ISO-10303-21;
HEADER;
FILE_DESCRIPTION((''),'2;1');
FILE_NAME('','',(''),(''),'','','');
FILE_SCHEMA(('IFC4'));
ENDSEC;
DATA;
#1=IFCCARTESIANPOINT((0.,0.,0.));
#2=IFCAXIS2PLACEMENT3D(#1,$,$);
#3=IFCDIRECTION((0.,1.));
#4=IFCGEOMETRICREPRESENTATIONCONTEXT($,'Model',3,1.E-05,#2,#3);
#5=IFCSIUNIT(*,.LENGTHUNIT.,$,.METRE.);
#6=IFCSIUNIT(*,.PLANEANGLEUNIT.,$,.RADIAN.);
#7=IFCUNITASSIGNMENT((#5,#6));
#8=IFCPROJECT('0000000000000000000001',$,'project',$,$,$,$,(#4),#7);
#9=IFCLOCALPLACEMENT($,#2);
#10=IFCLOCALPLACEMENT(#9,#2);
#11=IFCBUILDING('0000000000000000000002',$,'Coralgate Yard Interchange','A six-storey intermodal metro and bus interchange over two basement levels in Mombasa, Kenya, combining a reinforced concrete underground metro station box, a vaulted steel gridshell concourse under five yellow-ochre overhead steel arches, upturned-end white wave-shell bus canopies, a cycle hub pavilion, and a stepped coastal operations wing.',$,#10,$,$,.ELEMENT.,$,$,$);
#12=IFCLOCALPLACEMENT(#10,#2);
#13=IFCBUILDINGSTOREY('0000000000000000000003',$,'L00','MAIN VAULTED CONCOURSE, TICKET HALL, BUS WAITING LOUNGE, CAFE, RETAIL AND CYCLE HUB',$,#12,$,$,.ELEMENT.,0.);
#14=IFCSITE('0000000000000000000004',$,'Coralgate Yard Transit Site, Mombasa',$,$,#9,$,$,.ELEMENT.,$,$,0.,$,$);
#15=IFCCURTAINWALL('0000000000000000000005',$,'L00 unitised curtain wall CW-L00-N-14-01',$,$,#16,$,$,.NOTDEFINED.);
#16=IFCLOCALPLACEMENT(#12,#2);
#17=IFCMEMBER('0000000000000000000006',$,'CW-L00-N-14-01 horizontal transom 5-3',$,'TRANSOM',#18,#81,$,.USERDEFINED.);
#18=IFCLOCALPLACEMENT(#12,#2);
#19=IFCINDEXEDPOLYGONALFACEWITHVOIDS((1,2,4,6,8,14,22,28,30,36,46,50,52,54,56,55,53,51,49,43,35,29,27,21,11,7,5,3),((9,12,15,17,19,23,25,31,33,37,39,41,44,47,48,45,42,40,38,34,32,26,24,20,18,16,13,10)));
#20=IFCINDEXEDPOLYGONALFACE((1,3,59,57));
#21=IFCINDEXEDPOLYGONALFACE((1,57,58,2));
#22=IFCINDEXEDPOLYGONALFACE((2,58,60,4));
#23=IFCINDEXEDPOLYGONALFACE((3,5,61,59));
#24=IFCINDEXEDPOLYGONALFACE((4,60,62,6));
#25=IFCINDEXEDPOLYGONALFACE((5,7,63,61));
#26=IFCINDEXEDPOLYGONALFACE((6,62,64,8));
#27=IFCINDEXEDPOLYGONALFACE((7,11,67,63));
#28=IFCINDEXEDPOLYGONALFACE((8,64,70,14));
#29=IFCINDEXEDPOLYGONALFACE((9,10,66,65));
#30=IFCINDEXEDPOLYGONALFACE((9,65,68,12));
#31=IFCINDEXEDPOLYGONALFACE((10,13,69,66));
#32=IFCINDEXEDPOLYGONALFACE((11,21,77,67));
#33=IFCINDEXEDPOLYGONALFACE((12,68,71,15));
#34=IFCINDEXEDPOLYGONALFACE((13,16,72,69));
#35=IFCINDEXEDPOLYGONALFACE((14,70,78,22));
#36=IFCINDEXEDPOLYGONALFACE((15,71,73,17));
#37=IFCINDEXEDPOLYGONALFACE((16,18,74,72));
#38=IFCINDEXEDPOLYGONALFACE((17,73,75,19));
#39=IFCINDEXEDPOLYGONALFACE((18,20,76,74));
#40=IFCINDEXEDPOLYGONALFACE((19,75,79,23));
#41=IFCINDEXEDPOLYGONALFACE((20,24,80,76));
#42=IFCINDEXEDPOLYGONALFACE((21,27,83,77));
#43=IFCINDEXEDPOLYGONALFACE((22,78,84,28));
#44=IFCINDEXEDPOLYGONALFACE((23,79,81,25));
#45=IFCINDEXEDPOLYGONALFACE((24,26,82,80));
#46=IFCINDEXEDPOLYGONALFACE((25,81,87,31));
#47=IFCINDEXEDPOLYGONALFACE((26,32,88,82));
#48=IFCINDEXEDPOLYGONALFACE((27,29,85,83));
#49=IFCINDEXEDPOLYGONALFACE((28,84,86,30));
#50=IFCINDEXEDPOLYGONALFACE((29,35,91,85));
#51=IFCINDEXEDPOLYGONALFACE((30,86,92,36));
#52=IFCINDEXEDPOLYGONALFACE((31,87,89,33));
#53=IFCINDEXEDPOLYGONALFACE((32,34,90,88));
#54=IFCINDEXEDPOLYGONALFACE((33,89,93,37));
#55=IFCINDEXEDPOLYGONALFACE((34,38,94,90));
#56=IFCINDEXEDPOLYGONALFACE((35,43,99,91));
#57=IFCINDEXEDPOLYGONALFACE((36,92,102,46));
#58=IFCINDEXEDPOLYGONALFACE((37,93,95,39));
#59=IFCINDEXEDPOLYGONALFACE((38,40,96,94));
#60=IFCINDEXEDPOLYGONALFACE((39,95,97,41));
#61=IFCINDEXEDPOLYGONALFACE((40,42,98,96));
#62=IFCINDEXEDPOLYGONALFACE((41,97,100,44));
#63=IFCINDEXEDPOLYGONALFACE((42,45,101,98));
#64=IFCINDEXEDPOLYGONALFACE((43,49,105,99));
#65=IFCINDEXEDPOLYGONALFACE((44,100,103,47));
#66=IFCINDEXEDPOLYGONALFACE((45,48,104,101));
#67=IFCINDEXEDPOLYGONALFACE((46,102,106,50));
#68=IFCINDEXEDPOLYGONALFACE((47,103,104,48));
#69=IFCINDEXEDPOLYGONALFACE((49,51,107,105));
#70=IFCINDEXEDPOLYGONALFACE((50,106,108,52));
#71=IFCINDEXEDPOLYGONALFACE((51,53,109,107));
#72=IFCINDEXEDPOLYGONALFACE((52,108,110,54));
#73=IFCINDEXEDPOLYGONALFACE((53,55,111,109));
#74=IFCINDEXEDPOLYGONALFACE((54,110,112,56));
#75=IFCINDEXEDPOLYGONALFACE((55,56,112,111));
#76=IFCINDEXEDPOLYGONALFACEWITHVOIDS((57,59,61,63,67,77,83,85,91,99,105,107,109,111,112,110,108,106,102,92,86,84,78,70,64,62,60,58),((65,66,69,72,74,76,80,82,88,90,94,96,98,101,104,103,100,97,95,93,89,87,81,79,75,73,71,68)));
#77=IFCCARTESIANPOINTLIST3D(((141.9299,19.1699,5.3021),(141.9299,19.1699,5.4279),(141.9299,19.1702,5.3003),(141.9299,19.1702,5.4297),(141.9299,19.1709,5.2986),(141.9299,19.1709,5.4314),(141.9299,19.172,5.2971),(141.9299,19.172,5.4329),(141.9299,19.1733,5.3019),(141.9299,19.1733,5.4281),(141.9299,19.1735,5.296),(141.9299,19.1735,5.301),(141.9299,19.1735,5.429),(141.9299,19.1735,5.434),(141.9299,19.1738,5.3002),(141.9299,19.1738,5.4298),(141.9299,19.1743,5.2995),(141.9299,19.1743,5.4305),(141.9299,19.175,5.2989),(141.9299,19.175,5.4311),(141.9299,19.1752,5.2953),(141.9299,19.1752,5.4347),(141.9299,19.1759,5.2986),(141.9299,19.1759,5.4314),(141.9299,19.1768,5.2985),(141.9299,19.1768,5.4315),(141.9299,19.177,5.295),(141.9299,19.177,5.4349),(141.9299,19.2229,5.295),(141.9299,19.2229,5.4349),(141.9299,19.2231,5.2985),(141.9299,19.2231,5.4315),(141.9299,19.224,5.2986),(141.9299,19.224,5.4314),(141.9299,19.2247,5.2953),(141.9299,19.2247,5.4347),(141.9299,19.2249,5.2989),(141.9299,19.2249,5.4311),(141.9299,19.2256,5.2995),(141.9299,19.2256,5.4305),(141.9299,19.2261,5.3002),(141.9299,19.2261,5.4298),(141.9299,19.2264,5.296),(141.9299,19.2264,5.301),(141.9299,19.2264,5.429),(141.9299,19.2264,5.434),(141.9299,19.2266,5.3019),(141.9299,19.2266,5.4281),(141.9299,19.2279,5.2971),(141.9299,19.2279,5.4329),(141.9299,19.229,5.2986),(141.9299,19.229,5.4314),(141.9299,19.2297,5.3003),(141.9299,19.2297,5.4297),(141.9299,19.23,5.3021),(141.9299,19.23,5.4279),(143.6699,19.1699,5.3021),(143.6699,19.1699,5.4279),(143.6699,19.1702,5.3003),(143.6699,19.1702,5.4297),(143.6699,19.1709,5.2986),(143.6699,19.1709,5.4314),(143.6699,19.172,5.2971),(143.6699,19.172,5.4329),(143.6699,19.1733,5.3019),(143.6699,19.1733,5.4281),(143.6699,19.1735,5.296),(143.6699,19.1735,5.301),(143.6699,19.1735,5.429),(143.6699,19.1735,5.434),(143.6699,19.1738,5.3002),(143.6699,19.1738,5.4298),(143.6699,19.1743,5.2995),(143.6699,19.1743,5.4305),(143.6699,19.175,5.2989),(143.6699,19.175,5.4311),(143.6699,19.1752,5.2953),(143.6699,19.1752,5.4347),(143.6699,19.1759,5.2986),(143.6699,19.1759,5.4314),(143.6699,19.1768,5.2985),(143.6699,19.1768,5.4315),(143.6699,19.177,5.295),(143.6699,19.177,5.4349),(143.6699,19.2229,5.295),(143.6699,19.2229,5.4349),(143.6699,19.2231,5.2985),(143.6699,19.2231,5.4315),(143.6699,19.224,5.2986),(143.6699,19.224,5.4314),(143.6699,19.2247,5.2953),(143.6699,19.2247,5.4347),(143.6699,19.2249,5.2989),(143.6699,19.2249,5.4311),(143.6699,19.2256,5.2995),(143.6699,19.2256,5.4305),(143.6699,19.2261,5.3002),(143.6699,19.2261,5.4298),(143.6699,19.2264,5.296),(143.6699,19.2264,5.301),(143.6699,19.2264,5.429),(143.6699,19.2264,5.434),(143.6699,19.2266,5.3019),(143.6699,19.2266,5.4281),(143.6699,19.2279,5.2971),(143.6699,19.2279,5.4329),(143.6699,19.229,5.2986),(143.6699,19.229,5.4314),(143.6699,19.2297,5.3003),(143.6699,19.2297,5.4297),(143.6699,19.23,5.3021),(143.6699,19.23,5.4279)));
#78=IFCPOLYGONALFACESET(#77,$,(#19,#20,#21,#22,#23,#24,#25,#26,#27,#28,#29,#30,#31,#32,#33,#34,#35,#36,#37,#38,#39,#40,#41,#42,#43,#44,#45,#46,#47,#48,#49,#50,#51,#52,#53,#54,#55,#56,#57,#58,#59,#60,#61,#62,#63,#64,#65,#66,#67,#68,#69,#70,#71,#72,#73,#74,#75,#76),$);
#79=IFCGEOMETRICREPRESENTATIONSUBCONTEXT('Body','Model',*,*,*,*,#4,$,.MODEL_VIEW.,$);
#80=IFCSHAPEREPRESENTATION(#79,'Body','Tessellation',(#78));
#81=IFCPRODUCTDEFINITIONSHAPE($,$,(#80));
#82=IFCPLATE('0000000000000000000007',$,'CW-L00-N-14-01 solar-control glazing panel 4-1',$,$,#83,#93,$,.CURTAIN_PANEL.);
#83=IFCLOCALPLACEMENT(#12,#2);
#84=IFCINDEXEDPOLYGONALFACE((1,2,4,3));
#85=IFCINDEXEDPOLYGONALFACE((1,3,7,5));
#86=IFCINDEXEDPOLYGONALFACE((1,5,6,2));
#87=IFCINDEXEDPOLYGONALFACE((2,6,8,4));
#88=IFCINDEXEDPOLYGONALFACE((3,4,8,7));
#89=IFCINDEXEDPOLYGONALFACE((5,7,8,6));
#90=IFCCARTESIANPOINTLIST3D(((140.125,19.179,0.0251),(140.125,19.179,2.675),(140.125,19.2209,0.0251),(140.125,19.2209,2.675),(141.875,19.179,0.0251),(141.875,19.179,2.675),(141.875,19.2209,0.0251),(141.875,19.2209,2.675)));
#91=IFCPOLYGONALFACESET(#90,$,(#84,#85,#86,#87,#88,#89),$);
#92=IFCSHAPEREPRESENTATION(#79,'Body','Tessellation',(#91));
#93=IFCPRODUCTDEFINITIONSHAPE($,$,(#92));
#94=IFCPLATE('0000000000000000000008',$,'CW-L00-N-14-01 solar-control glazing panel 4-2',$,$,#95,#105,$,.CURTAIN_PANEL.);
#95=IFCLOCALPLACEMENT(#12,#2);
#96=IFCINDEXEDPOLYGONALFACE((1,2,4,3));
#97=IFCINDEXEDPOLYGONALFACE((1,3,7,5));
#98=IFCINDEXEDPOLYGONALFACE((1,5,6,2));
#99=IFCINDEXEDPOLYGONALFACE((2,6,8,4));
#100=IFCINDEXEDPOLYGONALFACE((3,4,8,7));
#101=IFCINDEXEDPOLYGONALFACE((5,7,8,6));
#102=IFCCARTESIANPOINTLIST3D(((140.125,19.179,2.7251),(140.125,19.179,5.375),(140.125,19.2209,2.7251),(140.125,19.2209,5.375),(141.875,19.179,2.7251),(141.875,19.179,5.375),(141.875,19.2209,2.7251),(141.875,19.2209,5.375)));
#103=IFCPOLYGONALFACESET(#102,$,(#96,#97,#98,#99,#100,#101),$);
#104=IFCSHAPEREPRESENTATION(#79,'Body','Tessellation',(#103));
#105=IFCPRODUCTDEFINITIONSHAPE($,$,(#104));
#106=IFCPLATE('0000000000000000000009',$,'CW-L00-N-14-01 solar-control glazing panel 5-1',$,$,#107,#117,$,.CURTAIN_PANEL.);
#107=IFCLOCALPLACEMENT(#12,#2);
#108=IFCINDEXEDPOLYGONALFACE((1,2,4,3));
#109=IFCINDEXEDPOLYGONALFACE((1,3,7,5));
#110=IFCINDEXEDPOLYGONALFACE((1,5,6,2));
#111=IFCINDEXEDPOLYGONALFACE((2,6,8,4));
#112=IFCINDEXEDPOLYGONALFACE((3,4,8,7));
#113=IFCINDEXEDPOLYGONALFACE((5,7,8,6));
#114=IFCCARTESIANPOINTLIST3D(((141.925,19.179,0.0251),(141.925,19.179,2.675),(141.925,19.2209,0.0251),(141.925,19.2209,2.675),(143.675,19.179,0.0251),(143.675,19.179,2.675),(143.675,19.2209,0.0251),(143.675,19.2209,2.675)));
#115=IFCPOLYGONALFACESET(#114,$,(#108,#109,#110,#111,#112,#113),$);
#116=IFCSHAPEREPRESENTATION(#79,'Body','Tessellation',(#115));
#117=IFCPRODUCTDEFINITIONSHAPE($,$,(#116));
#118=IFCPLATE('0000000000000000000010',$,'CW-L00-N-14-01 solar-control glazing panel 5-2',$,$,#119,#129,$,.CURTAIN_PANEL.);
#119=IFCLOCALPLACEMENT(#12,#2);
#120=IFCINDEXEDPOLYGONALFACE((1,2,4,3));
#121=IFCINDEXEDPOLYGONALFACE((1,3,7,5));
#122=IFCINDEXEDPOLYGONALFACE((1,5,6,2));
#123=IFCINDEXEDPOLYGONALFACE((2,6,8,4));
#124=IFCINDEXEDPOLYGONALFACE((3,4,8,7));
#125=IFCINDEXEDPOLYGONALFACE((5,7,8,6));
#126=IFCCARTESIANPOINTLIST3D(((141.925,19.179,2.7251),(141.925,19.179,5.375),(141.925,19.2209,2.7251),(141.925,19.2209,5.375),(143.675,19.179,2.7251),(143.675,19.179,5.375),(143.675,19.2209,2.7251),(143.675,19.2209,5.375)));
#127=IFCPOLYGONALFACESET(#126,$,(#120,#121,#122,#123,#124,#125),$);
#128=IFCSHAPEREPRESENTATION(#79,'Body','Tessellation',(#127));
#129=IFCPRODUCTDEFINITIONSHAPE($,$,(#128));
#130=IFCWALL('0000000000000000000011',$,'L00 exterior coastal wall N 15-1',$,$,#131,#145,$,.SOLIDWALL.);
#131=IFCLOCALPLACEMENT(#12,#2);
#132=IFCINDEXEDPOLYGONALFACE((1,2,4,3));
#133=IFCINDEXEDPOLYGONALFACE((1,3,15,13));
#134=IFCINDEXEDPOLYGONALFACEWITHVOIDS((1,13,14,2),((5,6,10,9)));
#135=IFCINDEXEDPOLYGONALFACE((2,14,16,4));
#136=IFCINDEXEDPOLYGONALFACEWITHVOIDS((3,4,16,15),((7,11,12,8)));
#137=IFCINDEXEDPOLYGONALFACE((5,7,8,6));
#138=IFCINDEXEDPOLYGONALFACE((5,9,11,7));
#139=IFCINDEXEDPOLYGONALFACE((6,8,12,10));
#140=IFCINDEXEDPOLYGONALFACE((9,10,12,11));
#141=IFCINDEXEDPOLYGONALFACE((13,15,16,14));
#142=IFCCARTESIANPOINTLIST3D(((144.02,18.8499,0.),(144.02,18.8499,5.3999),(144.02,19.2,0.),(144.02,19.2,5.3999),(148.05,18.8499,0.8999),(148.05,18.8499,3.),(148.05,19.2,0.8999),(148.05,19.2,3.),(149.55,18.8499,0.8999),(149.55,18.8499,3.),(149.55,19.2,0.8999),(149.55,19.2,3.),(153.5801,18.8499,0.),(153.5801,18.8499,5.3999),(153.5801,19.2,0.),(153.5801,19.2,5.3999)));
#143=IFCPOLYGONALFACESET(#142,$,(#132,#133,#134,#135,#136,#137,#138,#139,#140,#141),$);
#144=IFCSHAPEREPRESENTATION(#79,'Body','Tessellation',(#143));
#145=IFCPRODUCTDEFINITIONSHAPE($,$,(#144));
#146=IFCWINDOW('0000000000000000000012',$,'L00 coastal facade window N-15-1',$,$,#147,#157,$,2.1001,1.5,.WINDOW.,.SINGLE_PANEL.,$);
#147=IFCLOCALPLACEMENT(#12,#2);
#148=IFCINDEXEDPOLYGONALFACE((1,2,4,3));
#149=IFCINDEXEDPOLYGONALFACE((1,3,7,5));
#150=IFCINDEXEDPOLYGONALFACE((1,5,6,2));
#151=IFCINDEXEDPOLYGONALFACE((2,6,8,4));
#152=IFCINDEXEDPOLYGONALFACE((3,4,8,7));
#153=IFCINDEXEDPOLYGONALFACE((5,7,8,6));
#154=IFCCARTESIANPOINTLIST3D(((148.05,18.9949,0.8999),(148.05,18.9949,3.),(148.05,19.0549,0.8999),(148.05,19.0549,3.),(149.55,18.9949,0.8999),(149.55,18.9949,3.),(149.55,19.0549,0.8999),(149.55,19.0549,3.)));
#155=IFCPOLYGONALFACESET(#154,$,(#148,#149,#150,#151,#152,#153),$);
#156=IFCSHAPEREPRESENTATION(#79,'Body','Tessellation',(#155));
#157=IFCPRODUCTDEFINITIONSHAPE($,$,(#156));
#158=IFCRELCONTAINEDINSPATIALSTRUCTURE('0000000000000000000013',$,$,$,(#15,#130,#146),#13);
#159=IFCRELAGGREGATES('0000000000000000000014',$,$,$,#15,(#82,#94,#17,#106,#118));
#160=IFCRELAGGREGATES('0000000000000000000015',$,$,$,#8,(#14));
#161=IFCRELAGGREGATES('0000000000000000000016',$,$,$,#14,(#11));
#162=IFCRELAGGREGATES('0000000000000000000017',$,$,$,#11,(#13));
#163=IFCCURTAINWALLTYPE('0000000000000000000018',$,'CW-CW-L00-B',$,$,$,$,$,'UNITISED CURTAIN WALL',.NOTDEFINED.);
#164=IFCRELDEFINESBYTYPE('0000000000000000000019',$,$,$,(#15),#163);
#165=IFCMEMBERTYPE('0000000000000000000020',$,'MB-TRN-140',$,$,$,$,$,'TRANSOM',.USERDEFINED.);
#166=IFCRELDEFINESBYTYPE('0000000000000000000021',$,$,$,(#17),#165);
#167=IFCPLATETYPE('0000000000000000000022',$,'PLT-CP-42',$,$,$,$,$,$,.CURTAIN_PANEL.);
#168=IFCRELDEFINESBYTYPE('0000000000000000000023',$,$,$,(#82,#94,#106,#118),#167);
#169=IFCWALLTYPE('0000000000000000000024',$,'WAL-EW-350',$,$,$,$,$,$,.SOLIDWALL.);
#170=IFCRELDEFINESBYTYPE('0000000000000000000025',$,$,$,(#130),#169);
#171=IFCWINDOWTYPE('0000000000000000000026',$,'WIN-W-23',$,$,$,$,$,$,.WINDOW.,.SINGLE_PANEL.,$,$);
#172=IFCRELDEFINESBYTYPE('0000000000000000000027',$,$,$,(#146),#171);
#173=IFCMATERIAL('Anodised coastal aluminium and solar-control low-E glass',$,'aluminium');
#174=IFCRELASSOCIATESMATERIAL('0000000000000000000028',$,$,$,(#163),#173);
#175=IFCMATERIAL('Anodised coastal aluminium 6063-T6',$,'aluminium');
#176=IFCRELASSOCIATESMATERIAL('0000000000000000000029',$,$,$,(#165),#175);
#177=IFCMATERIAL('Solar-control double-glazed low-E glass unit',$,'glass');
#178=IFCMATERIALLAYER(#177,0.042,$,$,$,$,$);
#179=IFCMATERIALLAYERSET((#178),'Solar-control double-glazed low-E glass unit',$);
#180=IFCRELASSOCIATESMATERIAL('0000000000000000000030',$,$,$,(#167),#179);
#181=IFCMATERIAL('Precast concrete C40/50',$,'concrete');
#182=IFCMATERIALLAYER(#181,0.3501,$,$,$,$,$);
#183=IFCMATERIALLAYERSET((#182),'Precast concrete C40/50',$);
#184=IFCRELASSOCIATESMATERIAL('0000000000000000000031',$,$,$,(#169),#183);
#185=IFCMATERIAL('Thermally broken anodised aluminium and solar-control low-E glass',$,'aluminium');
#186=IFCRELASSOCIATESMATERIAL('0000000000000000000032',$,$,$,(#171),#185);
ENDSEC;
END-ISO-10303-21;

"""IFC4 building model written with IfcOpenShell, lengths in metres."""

from ifc_helpers import new_model, si_unit, direction, frame, frame_2d, origin, origin_2d, place, context, subcontext, project, spatial, rectangle, hollow_rectangle, extrude, material, layer, layer_set, material_profile, profile_set, type_object, element, fill, aggregate, save


model = new_model("IFC4")

# Units and contexts
model_context = context("Model", 3, precision=1e-05, world=origin(), true_north=direction((0.0, 1.0)))
body_context = subcontext(model_context, "Body", "Model", "MODEL_VIEW")
ifc_project = project(units=[si_unit("LENGTHUNIT", "METRE"), si_unit("PLANEANGLEUNIT", "RADIAN")], contexts=[model_context])

# Site, building, storey
site_placement = place(None, origin())
site = spatial("IfcSite", under=ifc_project, at=site_placement, Name="Coralgate Yard Transit Site, Mombasa", CompositionType="ELEMENT", RefElevation=0.0)
building_placement = place(site_placement, origin())
building = spatial("IfcBuilding", under=site, at=building_placement, Name="Coralgate Yard Interchange", Description="A six-storey intermodal metro and bus interchange over two basement levels in Mombasa, Kenya, combining a reinforced concrete underground metro station box, a vaulted steel gridshell concourse under five yellow-ochre overhead steel arches, upturned-end white wave-shell bus canopies, a cycle hub pavilion, and a stepped coastal operations wing.", CompositionType="ELEMENT")
storey_placement = place(building_placement, origin())
storey = spatial("IfcBuildingStorey", under=building, at=storey_placement, Name="L00", Description="MAIN VAULTED CONCOURSE, TICKET HALL, BUS WAITING LOUNGE, CAFE, RETAIL AND CYCLE HUB", CompositionType="ELEMENT", Elevation=0.0)

# Curtain wall, member, plates
ifc_material_1 = material(Name="Anodised coastal aluminium and solar-control low-E glass", Category="aluminium")
curtain_wall_type = type_object("IfcCurtainWallType", Name="CW-CW-L00-B", ElementType="UNITISED CURTAIN WALL", PredefinedType="NOTDEFINED", material=ifc_material_1)
curtain_wall_placement = place(storey_placement, origin())
curtain_wall = element("IfcCurtainWall", 1, at=curtain_wall_placement, inside=storey, type_object=curtain_wall_type, Name="L00 unitised curtain wall CW-L00-N-14-01", PredefinedType="NOTDEFINED")
ifc_material_2 = material(Name="Anodised coastal aluminium 6063-T6", Category="aluminium")
ifc_material_profile_1 = material_profile(ifc_material_2, hollow_rectangle(XDim=0.0601, YDim=0.1399, WallThickness=0.0034, InnerFilletRadius=0.0034, OuterFilletRadius=0.0071, at=origin_2d()), Name="ALU 60x140x3.5")
ifc_profile_set_1 = profile_set([ifc_material_profile_1], Name="Anodised coastal aluminium 6063-T6")
member_type_1 = type_object("IfcMemberType", Name="MB-TRN-140", ElementType="TRANSOM", PredefinedType="USERDEFINED", material=ifc_profile_set_1)
member_1_placement = place(storey_placement, frame((141.9299, 19.2, 5.365), z_axis=(1.0, 0.0, 0.0), x_axis=(0.0, 1.0, 0.0)))
member_1 = element("IfcMember", 2, at=member_1_placement, type_object=member_type_1, Name="CW-L00-N-14-01 horizontal transom 5-3", ObjectType="TRANSOM", PredefinedType="USERDEFINED", context=body_context, shape_type="SweptSolid", body=[
    extrude(hollow_rectangle(XDim=0.0601, YDim=0.1399, WallThickness=0.0034, InnerFilletRadius=0.0034, OuterFilletRadius=0.0071, at=origin_2d()), origin(), (0.0, 0.0, 1.0), 1.74),
])
ifc_material_3 = material(Name="Solar-control double-glazed low-E glass unit", Category="glass")
ifc_layer_1 = layer(ifc_material_3, 0.042)
ifc_layer_set_1 = layer_set([ifc_layer_1], Name="Solar-control double-glazed low-E glass unit")
plate_type = type_object("IfcPlateType", Name="PLT-CP-42", PredefinedType="CURTAIN_PANEL", material=ifc_layer_set_1)
plate_1_placement = place(storey_placement, frame((141.0, 19.2, 0.0251), z_axis=(0.0, 0.0, 1.0), x_axis=(1.0, 0.0, 0.0)))
plate_1 = element("IfcPlate", 3, at=plate_1_placement, type_object=plate_type, Name="CW-L00-N-14-01 solar-control glazing panel 4-1", PredefinedType="CURTAIN_PANEL", context=body_context, shape_type="SweptSolid", body=[
    extrude(rectangle(XDim=1.75, YDim=0.042, at=origin_2d()), origin(), (0.0, 0.0, 1.0), 2.6499),
])
plate_2_placement = place(storey_placement, frame((141.0, 19.2, 2.7251), z_axis=(0.0, 0.0, 1.0), x_axis=(1.0, 0.0, 0.0)))
plate_2 = element("IfcPlate", 4, at=plate_2_placement, type_object=plate_type, Name="CW-L00-N-14-01 solar-control glazing panel 4-2", PredefinedType="CURTAIN_PANEL", context=body_context, shape_type="SweptSolid", body=[
    extrude(rectangle(XDim=1.75, YDim=0.042, at=origin_2d()), origin(), (0.0, 0.0, 1.0), 2.6499),
])
plate_3_placement = place(storey_placement, frame((142.8, 19.2, 0.0251), z_axis=(0.0, 0.0, 1.0), x_axis=(1.0, 0.0, 0.0)))
plate_3 = element("IfcPlate", 5, at=plate_3_placement, type_object=plate_type, Name="CW-L00-N-14-01 solar-control glazing panel 5-1", PredefinedType="CURTAIN_PANEL", context=body_context, shape_type="SweptSolid", body=[
    extrude(rectangle(XDim=1.75, YDim=0.042, at=origin_2d()), origin(), (0.0, 0.0, 1.0), 2.6499),
])
plate_4_placement = place(storey_placement, frame((142.8, 19.2, 2.7251), z_axis=(0.0, 0.0, 1.0), x_axis=(1.0, 0.0, 0.0)))
plate_4 = element("IfcPlate", 6, at=plate_4_placement, type_object=plate_type, Name="CW-L00-N-14-01 solar-control glazing panel 5-2", PredefinedType="CURTAIN_PANEL", context=body_context, shape_type="SweptSolid", body=[
    extrude(rectangle(XDim=1.75, YDim=0.042, at=origin_2d()), origin(), (0.0, 0.0, 1.0), 2.6499),
])
aggregate(curtain_wall, [plate_1, plate_2, member_1, plate_3, plate_4])

# Wall, opening, window
ifc_material_4 = material(Name="Precast concrete C40/50", Category="concrete")
ifc_layer_2 = layer(ifc_material_4, 0.3501)
ifc_layer_set_2 = layer_set([ifc_layer_2], Name="Precast concrete C40/50")
wall_type = type_object("IfcWallType", Name="WAL-EW-350", PredefinedType="SOLIDWALL", material=ifc_layer_set_2)
wall_placement = place(storey_placement, frame((144.02, 19.0249, 0.0), z_axis=(0.0, 0.0, 1.0), x_axis=(1.0, 0.0, 0.0)))
wall = element("IfcWall", 7, at=wall_placement, inside=storey, type_object=wall_type, Name="L00 exterior coastal wall N 15-1", PredefinedType="SOLIDWALL", context=body_context, shape_type="SweptSolid", body=[
    extrude(rectangle(XDim=9.5601, YDim=0.3501, at=frame_2d((4.78, 0.0))), origin(), (0.0, 0.0, 1.0), 5.3999),
])
opening_placement = place(wall_placement, frame((4.03, 0.0, 0.8999)))
opening = element("IfcOpeningElement", 8, at=opening_placement, cuts=wall, PredefinedType="OPENING", context=body_context, shape_type="SweptSolid", body=[
    extrude(rectangle(XDim=1.5, YDim=2.1001, at=frame_2d((0.75, 1.05))), frame((0.0, 0.1851, 0.0), z_axis=(0.0, -1.0, 0.0), x_axis=(1.0, 0.0, 0.0)), (0.0, 0.0, 1.0), 0.3701),
])
ifc_material_5 = material(Name="Thermally broken anodised aluminium and solar-control low-E glass", Category="aluminium")
window_type = type_object("IfcWindowType", Name="WIN-W-23", PartitioningType="SINGLE_PANEL", PredefinedType="WINDOW", material=ifc_material_5)
window_placement = place(opening_placement, origin())
window = element("IfcWindow", 9, at=window_placement, inside=storey, type_object=window_type, Name="L00 coastal facade window N-15-1", OverallHeight=2.1001, OverallWidth=1.5, PartitioningType="SINGLE_PANEL", PredefinedType="WINDOW", context=body_context, shape_type="SweptSolid", body=[
    extrude(rectangle(XDim=1.5, YDim=2.1001, at=frame_2d((0.75, 1.05))), frame((0.0, 0.03, 0.0), z_axis=(0.0, -1.0, 0.0), x_axis=(1.0, 0.0, 0.0)), (0.0, 0.0, 1.0), 0.0601),
])
fill(opening, window)

save(model, "model.ifc")
